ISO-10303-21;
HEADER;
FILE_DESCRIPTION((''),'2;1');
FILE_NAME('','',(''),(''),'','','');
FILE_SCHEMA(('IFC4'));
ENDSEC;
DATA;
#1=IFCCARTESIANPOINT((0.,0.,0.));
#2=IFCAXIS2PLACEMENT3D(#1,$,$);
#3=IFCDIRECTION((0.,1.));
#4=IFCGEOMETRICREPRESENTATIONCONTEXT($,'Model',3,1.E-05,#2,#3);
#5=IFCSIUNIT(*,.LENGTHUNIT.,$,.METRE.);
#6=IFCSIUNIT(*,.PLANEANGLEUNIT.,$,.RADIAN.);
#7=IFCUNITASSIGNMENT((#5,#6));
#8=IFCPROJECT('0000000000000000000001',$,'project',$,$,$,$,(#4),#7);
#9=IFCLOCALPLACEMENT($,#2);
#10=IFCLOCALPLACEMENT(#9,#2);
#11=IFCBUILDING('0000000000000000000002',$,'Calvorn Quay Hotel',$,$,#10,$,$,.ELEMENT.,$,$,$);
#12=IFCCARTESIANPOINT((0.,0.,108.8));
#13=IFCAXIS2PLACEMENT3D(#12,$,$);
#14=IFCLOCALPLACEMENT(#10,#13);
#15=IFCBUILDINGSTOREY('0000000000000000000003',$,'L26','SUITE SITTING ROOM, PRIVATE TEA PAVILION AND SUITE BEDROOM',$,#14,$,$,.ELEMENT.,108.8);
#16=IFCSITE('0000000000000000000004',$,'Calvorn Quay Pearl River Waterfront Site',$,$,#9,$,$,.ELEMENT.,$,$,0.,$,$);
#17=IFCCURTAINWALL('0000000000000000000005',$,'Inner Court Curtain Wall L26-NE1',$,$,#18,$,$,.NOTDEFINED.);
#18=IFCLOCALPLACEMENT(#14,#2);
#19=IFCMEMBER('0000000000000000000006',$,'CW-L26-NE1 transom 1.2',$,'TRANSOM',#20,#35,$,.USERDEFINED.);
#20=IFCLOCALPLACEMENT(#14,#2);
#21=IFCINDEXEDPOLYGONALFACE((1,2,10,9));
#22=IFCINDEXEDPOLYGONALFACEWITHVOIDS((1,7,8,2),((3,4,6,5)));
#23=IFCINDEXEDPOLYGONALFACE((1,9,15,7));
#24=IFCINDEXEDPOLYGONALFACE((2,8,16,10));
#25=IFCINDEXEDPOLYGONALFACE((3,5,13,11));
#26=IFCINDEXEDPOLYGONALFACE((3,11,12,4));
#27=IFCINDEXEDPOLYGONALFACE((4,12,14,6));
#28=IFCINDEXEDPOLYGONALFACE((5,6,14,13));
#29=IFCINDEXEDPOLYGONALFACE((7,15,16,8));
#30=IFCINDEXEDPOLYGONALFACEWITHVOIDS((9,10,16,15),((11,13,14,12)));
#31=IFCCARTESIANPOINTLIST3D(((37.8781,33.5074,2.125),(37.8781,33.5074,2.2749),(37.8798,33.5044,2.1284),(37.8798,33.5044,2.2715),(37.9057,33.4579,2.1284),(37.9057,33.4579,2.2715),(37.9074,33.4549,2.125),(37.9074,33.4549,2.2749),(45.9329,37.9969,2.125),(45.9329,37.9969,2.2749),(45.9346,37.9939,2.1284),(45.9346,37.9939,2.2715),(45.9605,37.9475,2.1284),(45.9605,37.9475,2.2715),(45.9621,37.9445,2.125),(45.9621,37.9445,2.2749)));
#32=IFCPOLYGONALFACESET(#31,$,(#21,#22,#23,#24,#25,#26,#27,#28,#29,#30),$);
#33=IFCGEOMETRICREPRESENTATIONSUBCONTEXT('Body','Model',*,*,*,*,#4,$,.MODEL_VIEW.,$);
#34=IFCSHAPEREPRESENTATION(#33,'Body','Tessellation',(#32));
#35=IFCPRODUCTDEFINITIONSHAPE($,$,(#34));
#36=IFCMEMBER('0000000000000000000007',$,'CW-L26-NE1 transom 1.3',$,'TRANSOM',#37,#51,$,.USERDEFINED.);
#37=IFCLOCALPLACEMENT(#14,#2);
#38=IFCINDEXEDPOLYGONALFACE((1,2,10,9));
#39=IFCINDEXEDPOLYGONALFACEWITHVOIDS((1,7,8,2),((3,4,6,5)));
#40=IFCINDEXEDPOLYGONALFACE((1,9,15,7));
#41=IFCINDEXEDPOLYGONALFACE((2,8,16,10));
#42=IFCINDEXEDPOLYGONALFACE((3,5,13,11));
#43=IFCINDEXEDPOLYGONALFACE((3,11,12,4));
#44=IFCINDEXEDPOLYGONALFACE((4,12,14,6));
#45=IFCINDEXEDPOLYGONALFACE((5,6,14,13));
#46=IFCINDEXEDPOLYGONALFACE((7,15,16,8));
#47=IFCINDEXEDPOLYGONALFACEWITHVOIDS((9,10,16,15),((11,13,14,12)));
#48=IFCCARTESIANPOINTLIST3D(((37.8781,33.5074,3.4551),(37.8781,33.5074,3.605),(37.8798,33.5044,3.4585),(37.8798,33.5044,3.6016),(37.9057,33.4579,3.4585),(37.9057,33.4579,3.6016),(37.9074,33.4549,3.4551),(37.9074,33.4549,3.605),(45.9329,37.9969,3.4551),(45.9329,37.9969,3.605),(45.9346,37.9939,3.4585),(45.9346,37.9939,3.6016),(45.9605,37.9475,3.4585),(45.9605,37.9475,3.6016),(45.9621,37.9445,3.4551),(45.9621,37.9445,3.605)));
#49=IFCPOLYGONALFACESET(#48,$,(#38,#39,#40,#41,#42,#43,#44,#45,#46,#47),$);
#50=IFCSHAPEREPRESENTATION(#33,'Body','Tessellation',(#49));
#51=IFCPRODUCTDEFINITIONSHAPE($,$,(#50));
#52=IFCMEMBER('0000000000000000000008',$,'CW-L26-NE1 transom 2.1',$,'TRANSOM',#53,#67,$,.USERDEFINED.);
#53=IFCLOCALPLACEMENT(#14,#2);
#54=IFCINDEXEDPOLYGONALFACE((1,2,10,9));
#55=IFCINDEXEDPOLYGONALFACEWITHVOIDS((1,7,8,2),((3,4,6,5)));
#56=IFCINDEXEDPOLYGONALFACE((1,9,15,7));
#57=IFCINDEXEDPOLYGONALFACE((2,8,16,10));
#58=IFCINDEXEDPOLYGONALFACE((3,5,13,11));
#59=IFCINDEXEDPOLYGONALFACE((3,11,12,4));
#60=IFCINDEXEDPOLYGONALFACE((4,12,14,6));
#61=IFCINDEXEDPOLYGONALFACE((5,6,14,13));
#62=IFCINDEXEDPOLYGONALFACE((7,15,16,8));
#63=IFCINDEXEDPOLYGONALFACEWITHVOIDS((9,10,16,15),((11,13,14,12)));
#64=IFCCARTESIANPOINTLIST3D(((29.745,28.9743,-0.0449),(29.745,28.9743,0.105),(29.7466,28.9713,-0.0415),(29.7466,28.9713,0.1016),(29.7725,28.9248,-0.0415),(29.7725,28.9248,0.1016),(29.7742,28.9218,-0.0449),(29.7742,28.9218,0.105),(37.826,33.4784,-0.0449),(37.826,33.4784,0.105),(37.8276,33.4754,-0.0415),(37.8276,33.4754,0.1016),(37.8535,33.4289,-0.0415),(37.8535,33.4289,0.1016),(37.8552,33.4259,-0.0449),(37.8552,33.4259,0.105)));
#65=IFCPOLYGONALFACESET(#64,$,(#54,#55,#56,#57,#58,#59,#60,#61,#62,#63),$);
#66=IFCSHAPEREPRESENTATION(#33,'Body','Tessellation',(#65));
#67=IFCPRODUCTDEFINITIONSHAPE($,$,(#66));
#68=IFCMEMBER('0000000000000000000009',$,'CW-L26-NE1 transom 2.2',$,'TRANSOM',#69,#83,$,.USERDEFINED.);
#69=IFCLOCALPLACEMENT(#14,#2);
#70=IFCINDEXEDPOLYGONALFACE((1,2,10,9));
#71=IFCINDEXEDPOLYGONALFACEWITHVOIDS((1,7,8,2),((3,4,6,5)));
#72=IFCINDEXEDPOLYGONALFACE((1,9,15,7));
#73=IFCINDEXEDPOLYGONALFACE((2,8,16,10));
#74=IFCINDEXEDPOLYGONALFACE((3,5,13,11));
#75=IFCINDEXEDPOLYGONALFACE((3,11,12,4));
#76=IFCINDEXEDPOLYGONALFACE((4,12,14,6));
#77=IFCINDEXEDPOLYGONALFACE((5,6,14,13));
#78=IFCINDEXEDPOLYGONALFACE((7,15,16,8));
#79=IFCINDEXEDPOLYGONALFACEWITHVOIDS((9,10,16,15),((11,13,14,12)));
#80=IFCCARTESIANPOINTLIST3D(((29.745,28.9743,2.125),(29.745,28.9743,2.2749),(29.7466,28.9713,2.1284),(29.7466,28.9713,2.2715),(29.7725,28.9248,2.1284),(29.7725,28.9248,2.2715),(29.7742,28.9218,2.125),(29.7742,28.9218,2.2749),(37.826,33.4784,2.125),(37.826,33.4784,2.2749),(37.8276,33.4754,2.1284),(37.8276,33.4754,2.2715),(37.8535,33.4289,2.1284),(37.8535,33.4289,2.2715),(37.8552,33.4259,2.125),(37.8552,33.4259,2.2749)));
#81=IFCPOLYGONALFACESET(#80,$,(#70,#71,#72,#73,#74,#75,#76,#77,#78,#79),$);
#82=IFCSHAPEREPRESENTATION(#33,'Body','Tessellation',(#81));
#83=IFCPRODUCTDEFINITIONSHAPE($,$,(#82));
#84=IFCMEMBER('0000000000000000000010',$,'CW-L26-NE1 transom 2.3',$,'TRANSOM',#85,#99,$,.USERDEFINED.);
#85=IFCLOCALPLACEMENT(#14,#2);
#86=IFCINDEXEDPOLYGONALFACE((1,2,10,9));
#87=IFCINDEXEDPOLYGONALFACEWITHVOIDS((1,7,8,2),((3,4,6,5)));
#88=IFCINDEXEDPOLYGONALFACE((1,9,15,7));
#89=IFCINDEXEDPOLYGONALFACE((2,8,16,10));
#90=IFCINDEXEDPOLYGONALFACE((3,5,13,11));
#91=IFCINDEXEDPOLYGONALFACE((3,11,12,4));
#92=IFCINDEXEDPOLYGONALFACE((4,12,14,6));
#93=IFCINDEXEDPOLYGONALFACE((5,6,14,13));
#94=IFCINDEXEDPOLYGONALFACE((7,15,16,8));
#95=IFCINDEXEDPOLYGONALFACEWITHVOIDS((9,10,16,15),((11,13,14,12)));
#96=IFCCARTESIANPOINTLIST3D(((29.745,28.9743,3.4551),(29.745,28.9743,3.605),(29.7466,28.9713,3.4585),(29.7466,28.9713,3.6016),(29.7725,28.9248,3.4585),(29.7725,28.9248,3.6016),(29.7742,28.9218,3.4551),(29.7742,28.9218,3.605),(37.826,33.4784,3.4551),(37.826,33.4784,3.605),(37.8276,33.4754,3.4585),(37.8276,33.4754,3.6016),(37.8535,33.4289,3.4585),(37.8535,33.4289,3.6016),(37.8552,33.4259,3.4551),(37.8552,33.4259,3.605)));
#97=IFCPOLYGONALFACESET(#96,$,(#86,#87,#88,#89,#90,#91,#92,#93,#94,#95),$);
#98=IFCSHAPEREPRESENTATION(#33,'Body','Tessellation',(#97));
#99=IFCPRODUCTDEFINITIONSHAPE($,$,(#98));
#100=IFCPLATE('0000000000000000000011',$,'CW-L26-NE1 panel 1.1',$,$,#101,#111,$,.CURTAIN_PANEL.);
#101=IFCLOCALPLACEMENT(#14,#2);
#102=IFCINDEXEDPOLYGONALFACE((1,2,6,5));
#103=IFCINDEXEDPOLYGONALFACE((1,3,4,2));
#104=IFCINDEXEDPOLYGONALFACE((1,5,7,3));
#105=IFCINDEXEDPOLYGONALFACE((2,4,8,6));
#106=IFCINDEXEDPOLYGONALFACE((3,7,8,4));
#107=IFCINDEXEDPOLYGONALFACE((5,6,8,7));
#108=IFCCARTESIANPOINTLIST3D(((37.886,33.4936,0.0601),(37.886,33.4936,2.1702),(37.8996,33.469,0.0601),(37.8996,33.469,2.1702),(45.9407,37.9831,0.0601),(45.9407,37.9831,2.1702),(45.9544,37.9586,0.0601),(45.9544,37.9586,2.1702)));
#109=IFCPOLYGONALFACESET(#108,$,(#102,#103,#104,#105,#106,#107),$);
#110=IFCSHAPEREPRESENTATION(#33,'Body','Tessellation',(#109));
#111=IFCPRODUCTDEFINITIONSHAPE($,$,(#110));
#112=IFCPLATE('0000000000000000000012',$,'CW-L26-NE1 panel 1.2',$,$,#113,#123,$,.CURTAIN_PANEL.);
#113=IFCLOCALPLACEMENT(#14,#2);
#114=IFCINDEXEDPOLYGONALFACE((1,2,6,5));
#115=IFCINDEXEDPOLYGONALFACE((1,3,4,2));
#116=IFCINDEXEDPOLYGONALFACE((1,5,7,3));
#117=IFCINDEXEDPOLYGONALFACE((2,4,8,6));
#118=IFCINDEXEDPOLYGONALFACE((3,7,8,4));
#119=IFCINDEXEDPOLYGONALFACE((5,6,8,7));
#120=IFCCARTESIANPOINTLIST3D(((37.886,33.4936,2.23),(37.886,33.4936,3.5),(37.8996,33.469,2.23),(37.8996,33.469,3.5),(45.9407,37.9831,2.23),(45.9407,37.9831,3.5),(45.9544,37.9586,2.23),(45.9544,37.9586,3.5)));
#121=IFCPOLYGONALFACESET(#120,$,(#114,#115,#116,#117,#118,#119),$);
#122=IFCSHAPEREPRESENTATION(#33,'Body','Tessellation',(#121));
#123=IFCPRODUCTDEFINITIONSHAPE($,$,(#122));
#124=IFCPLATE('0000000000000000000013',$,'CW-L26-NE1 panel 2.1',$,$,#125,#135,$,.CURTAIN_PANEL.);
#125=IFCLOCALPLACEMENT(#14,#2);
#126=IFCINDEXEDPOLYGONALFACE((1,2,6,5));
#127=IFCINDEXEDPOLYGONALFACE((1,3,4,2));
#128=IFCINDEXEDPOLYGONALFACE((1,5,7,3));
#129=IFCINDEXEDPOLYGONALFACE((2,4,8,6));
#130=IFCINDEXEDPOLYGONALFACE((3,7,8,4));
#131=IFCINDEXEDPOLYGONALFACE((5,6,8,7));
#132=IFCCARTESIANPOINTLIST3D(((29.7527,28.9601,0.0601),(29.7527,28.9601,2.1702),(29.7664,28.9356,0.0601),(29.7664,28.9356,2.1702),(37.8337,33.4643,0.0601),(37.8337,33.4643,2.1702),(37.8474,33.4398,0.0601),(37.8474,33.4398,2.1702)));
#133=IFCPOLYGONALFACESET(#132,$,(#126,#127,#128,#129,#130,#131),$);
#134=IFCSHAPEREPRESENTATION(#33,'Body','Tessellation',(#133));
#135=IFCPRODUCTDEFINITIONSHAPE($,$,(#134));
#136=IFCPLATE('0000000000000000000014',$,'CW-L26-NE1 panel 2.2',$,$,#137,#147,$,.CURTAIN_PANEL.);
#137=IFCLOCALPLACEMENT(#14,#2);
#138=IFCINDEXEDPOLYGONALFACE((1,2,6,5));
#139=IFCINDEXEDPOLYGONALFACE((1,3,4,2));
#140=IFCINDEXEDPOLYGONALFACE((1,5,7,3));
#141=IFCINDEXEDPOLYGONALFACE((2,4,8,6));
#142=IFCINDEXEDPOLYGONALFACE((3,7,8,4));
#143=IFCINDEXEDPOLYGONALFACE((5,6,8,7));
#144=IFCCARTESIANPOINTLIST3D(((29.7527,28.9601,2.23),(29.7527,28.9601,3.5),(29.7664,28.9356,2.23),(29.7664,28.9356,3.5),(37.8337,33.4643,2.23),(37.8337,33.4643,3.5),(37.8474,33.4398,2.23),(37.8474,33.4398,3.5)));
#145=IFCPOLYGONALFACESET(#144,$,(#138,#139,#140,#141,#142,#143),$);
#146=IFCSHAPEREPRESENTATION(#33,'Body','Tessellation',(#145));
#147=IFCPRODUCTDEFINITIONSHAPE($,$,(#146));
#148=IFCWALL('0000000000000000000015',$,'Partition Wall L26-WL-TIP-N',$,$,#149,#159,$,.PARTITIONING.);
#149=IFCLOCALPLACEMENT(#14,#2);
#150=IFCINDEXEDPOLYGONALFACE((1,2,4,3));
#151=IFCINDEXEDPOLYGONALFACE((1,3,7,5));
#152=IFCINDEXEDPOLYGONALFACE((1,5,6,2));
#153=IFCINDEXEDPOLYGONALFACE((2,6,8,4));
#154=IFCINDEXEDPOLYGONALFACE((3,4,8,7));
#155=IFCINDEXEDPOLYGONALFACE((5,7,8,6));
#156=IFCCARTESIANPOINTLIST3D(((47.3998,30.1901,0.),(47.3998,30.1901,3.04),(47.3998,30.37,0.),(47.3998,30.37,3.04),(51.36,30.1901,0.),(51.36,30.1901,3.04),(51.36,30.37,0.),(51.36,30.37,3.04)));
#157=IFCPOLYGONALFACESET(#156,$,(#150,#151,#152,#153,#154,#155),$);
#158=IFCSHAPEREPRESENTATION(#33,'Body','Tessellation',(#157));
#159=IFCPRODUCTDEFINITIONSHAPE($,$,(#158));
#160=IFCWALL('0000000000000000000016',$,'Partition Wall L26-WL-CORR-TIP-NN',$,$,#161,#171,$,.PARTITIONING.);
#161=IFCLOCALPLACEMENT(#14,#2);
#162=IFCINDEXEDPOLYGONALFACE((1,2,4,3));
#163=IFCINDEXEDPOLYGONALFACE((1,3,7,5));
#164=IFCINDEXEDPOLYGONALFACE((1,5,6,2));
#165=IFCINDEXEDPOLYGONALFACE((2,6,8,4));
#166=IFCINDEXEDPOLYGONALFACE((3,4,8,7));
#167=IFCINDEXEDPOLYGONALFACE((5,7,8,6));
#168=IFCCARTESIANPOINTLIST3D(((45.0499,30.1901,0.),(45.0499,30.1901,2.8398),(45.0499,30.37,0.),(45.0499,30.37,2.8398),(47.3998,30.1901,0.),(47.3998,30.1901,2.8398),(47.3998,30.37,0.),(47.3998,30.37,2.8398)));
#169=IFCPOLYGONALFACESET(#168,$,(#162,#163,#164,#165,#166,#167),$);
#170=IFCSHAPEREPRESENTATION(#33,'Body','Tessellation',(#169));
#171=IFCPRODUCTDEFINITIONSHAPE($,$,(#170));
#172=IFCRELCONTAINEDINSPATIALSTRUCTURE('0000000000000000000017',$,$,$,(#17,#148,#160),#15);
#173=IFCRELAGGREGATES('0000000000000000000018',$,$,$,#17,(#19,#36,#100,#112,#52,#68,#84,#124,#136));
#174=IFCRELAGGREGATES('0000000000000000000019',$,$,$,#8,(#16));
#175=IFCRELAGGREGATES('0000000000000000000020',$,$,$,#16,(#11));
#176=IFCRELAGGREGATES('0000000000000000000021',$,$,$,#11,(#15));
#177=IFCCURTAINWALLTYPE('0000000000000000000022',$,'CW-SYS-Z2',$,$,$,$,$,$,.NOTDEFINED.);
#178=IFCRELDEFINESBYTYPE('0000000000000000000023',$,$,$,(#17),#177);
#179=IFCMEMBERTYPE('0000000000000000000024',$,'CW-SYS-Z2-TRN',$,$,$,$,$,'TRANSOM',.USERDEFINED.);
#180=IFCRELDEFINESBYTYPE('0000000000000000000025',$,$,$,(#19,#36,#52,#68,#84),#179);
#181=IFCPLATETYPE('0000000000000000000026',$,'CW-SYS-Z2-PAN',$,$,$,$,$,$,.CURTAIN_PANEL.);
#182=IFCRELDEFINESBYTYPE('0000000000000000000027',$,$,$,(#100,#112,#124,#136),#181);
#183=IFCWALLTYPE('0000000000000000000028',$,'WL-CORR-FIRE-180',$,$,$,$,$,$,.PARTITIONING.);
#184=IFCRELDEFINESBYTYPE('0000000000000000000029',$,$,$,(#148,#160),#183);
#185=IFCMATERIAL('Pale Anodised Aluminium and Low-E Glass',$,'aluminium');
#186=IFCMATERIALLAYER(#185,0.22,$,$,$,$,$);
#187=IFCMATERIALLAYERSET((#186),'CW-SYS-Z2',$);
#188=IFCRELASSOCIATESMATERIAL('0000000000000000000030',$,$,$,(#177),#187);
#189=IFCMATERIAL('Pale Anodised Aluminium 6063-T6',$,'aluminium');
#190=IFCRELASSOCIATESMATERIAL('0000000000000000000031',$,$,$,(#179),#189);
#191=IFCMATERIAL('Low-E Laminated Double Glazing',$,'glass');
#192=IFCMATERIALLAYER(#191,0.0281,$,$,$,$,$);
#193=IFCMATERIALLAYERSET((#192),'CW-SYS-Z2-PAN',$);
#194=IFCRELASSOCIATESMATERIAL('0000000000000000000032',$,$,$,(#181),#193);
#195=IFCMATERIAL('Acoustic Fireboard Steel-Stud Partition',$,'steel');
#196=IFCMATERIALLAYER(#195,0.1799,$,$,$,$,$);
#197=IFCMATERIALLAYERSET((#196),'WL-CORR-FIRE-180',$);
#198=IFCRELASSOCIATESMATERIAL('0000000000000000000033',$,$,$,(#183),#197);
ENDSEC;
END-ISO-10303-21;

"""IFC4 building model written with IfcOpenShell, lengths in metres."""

from ifc_helpers import new_model, si_unit, direction, frame, frame_2d, origin, origin_2d, place, context, subcontext, project, spatial, rectangle, hollow_rectangle, extrude, material, layer, layer_set, material_profile, profile_set, type_object, element, aggregate, save


model = new_model("IFC4")

# Units and contexts
model_context = context("Model", 3, precision=1e-05, world=origin(), true_north=direction((0.0, 1.0)))
body_context = subcontext(model_context, "Body", "Model", "MODEL_VIEW")
ifc_project = project(units=[si_unit("LENGTHUNIT", "METRE"), si_unit("PLANEANGLEUNIT", "RADIAN")], contexts=[model_context])

# Site, building, storey
site_placement = place(None, origin())
site = spatial("IfcSite", under=ifc_project, at=site_placement, Name="Calvorn Quay Pearl River Waterfront Site", CompositionType="ELEMENT", RefElevation=0.0)
building_placement = place(site_placement, origin())
building = spatial("IfcBuilding", under=site, at=building_placement, Name="Calvorn Quay Hotel", CompositionType="ELEMENT")
storey_placement = place(building_placement, frame((0.0, 0.0, 108.8)))
storey = spatial("IfcBuildingStorey", under=building, at=storey_placement, Name="L26", Description="SUITE SITTING ROOM, PRIVATE TEA PAVILION AND SUITE BEDROOM", CompositionType="ELEMENT", Elevation=108.8)

# Curtain wall, members, plates
ifc_material_1 = material(Name="Pale Anodised Aluminium and Low-E Glass", Category="aluminium")
ifc_layer_1 = layer(ifc_material_1, 0.22)
ifc_layer_set_1 = layer_set([ifc_layer_1], Name="CW-SYS-Z2")
curtain_wall_type = type_object("IfcCurtainWallType", Name="CW-SYS-Z2", PredefinedType="NOTDEFINED", material=ifc_layer_set_1)
curtain_wall_placement = place(storey_placement, origin())
curtain_wall = element("IfcCurtainWall", 1, at=curtain_wall_placement, inside=storey, type_object=curtain_wall_type, Name="Inner Court Curtain Wall L26-NE1", PredefinedType="NOTDEFINED")
ifc_material_2 = material(Name="Pale Anodised Aluminium 6063-T6", Category="aluminium")
ifc_material_profile_1 = material_profile(ifc_material_2, hollow_rectangle(XDim=0.0601, YDim=0.1499, WallThickness=0.0034, at=origin_2d()), Name="ALU-T150x60x3.5")
ifc_profile_set_1 = profile_set([ifc_material_profile_1], Name="Pale Anodised Aluminium 6063-T6")
member_type_1 = type_object("IfcMemberType", Name="CW-SYS-Z2-TRN", ElementType="TRANSOM", PredefinedType="USERDEFINED", material=ifc_profile_set_1)
member_1_placement = place(storey_placement, frame((45.9475, 37.9707, 2.2), z_axis=(-0.873481, -0.486859, 0.0), x_axis=(0.486859, -0.873481, 0.0)))
member_1 = element("IfcMember", 2, at=member_1_placement, type_object=member_type_1, Name="CW-L26-NE1 transom 1.2", ObjectType="TRANSOM", PredefinedType="USERDEFINED", context=body_context, shape_type="SweptSolid", body=[
    extrude(hollow_rectangle(XDim=0.0601, YDim=0.1499, WallThickness=0.0034, at=origin_2d()), origin(), (0.0, 0.0, 1.0), 9.2214),
])
member_2_placement = place(storey_placement, frame((45.9475, 37.9707, 3.53), z_axis=(-0.873481, -0.486859, 0.0), x_axis=(0.486859, -0.873481, 0.0)))
member_2 = element("IfcMember", 3, at=member_2_placement, type_object=member_type_1, Name="CW-L26-NE1 transom 1.3", ObjectType="TRANSOM", PredefinedType="USERDEFINED", context=body_context, shape_type="SweptSolid", body=[
    extrude(hollow_rectangle(XDim=0.0601, YDim=0.1499, WallThickness=0.0034, at=origin_2d()), origin(), (0.0, 0.0, 1.0), 9.2214),
])
member_3_placement = place(storey_placement, frame((37.8406, 33.4521, 0.03), z_axis=(-0.873483, -0.486855, 0.0), x_axis=(0.486855, -0.873483, 0.0)))
member_3 = element("IfcMember", 4, at=member_3_placement, type_object=member_type_1, Name="CW-L26-NE1 transom 2.1", ObjectType="TRANSOM", PredefinedType="USERDEFINED", context=body_context, shape_type="SweptSolid", body=[
    extrude(hollow_rectangle(XDim=0.0601, YDim=0.1499, WallThickness=0.0034, at=origin_2d()), origin(), (0.0, 0.0, 1.0), 9.2515),
])
member_4_placement = place(storey_placement, frame((37.8406, 33.4521, 2.2), z_axis=(-0.873483, -0.486855, 0.0), x_axis=(0.486855, -0.873483, 0.0)))
member_4 = element("IfcMember", 5, at=member_4_placement, type_object=member_type_1, Name="CW-L26-NE1 transom 2.2", ObjectType="TRANSOM", PredefinedType="USERDEFINED", context=body_context, shape_type="SweptSolid", body=[
    extrude(hollow_rectangle(XDim=0.0601, YDim=0.1499, WallThickness=0.0034, at=origin_2d()), origin(), (0.0, 0.0, 1.0), 9.2515),
])
member_5_placement = place(storey_placement, frame((37.8406, 33.4521, 3.53), z_axis=(-0.873483, -0.486855, 0.0), x_axis=(0.486855, -0.873483, 0.0)))
member_5 = element("IfcMember", 6, at=member_5_placement, type_object=member_type_1, Name="CW-L26-NE1 transom 2.3", ObjectType="TRANSOM", PredefinedType="USERDEFINED", context=body_context, shape_type="SweptSolid", body=[
    extrude(hollow_rectangle(XDim=0.0601, YDim=0.1499, WallThickness=0.0034, at=origin_2d()), origin(), (0.0, 0.0, 1.0), 9.2515),
])
ifc_material_3 = material(Name="Low-E Laminated Double Glazing", Category="glass")
ifc_layer_2 = layer(ifc_material_3, 0.0281)
ifc_layer_set_2 = layer_set([ifc_layer_2], Name="CW-SYS-Z2-PAN")
plate_type = type_object("IfcPlateType", Name="CW-SYS-Z2-PAN", PredefinedType="CURTAIN_PANEL", material=ifc_layer_set_2)
plate_1_placement = place(storey_placement, frame((41.9202, 35.7261, 0.0601), z_axis=(0.0, 0.0, 1.0), x_axis=(-0.873481, -0.486858, 0.0)))
plate_1 = element("IfcPlate", 7, at=plate_1_placement, type_object=plate_type, Name="CW-L26-NE1 panel 1.1", PredefinedType="CURTAIN_PANEL", context=body_context, shape_type="SweptSolid", body=[
    extrude(rectangle(XDim=9.2214, YDim=0.0281, at=origin_2d()), origin(), (0.0, 0.0, 1.0), 2.1101),
])
plate_2_placement = place(storey_placement, frame((41.9202, 35.7261, 2.23), z_axis=(0.0, 0.0, 1.0), x_axis=(-0.873481, -0.486858, 0.0)))
plate_2 = element("IfcPlate", 8, at=plate_2_placement, type_object=plate_type, Name="CW-L26-NE1 panel 1.2", PredefinedType="CURTAIN_PANEL", context=body_context, shape_type="SweptSolid", body=[
    extrude(rectangle(XDim=9.2214, YDim=0.0281, at=origin_2d()), origin(), (0.0, 0.0, 1.0), 1.27),
])
plate_3_placement = place(storey_placement, frame((33.8, 31.2, 0.0601), z_axis=(0.0, 0.0, 1.0), x_axis=(-0.873481, -0.486858, 0.0)))
plate_3 = element("IfcPlate", 9, at=plate_3_placement, type_object=plate_type, Name="CW-L26-NE1 panel 2.1", PredefinedType="CURTAIN_PANEL", context=body_context, shape_type="SweptSolid", body=[
    extrude(rectangle(XDim=9.2515, YDim=0.0281, at=origin_2d()), origin(), (0.0, 0.0, 1.0), 2.1101),
])
plate_4_placement = place(storey_placement, frame((33.8, 31.2, 2.23), z_axis=(0.0, 0.0, 1.0), x_axis=(-0.873481, -0.486858, 0.0)))
plate_4 = element("IfcPlate", 10, at=plate_4_placement, type_object=plate_type, Name="CW-L26-NE1 panel 2.2", PredefinedType="CURTAIN_PANEL", context=body_context, shape_type="SweptSolid", body=[
    extrude(rectangle(XDim=9.2515, YDim=0.0281, at=origin_2d()), origin(), (0.0, 0.0, 1.0), 1.27),
])
aggregate(curtain_wall, [member_1, member_2, plate_1, plate_2, member_3, member_4, member_5, plate_3, plate_4])

# Walls
ifc_material_4 = material(Name="Acoustic Fireboard Steel-Stud Partition", Category="steel")
ifc_layer_3 = layer(ifc_material_4, 0.1799)
ifc_layer_set_3 = layer_set([ifc_layer_3], Name="WL-CORR-FIRE-180")
wall_type_1 = type_object("IfcWallType", Name="WL-CORR-FIRE-180", PredefinedType="PARTITIONING", material=ifc_layer_set_3)
wall_1_placement = place(storey_placement, frame((47.3999, 30.28, 0.0), z_axis=(0.0, 0.0, 1.0), x_axis=(1.0, 0.0, 0.0)))
element("IfcWall", 11, at=wall_1_placement, inside=storey, type_object=wall_type_1, Name="Partition Wall L26-WL-TIP-N", PredefinedType="PARTITIONING", context=body_context, shape_type="SweptSolid", body=[
    extrude(rectangle(XDim=3.9602, YDim=0.1799, at=frame_2d((1.98, 0.0))), origin(), (0.0, 0.0, 1.0), 3.04),
])
wall_2_placement = place(storey_placement, frame((45.05, 30.28, 0.0), z_axis=(0.0, 0.0, 1.0), x_axis=(1.0, 0.0, 0.0)))
element("IfcWall", 12, at=wall_2_placement, inside=storey, type_object=wall_type_1, Name="Partition Wall L26-WL-CORR-TIP-NN", PredefinedType="PARTITIONING", context=body_context, shape_type="SweptSolid", body=[
    extrude(rectangle(XDim=2.3499, YDim=0.1799, at=frame_2d((1.1748, 0.0))), origin(), (0.0, 0.0, 1.0), 2.8398),
])

save(model, "model.ifc")
